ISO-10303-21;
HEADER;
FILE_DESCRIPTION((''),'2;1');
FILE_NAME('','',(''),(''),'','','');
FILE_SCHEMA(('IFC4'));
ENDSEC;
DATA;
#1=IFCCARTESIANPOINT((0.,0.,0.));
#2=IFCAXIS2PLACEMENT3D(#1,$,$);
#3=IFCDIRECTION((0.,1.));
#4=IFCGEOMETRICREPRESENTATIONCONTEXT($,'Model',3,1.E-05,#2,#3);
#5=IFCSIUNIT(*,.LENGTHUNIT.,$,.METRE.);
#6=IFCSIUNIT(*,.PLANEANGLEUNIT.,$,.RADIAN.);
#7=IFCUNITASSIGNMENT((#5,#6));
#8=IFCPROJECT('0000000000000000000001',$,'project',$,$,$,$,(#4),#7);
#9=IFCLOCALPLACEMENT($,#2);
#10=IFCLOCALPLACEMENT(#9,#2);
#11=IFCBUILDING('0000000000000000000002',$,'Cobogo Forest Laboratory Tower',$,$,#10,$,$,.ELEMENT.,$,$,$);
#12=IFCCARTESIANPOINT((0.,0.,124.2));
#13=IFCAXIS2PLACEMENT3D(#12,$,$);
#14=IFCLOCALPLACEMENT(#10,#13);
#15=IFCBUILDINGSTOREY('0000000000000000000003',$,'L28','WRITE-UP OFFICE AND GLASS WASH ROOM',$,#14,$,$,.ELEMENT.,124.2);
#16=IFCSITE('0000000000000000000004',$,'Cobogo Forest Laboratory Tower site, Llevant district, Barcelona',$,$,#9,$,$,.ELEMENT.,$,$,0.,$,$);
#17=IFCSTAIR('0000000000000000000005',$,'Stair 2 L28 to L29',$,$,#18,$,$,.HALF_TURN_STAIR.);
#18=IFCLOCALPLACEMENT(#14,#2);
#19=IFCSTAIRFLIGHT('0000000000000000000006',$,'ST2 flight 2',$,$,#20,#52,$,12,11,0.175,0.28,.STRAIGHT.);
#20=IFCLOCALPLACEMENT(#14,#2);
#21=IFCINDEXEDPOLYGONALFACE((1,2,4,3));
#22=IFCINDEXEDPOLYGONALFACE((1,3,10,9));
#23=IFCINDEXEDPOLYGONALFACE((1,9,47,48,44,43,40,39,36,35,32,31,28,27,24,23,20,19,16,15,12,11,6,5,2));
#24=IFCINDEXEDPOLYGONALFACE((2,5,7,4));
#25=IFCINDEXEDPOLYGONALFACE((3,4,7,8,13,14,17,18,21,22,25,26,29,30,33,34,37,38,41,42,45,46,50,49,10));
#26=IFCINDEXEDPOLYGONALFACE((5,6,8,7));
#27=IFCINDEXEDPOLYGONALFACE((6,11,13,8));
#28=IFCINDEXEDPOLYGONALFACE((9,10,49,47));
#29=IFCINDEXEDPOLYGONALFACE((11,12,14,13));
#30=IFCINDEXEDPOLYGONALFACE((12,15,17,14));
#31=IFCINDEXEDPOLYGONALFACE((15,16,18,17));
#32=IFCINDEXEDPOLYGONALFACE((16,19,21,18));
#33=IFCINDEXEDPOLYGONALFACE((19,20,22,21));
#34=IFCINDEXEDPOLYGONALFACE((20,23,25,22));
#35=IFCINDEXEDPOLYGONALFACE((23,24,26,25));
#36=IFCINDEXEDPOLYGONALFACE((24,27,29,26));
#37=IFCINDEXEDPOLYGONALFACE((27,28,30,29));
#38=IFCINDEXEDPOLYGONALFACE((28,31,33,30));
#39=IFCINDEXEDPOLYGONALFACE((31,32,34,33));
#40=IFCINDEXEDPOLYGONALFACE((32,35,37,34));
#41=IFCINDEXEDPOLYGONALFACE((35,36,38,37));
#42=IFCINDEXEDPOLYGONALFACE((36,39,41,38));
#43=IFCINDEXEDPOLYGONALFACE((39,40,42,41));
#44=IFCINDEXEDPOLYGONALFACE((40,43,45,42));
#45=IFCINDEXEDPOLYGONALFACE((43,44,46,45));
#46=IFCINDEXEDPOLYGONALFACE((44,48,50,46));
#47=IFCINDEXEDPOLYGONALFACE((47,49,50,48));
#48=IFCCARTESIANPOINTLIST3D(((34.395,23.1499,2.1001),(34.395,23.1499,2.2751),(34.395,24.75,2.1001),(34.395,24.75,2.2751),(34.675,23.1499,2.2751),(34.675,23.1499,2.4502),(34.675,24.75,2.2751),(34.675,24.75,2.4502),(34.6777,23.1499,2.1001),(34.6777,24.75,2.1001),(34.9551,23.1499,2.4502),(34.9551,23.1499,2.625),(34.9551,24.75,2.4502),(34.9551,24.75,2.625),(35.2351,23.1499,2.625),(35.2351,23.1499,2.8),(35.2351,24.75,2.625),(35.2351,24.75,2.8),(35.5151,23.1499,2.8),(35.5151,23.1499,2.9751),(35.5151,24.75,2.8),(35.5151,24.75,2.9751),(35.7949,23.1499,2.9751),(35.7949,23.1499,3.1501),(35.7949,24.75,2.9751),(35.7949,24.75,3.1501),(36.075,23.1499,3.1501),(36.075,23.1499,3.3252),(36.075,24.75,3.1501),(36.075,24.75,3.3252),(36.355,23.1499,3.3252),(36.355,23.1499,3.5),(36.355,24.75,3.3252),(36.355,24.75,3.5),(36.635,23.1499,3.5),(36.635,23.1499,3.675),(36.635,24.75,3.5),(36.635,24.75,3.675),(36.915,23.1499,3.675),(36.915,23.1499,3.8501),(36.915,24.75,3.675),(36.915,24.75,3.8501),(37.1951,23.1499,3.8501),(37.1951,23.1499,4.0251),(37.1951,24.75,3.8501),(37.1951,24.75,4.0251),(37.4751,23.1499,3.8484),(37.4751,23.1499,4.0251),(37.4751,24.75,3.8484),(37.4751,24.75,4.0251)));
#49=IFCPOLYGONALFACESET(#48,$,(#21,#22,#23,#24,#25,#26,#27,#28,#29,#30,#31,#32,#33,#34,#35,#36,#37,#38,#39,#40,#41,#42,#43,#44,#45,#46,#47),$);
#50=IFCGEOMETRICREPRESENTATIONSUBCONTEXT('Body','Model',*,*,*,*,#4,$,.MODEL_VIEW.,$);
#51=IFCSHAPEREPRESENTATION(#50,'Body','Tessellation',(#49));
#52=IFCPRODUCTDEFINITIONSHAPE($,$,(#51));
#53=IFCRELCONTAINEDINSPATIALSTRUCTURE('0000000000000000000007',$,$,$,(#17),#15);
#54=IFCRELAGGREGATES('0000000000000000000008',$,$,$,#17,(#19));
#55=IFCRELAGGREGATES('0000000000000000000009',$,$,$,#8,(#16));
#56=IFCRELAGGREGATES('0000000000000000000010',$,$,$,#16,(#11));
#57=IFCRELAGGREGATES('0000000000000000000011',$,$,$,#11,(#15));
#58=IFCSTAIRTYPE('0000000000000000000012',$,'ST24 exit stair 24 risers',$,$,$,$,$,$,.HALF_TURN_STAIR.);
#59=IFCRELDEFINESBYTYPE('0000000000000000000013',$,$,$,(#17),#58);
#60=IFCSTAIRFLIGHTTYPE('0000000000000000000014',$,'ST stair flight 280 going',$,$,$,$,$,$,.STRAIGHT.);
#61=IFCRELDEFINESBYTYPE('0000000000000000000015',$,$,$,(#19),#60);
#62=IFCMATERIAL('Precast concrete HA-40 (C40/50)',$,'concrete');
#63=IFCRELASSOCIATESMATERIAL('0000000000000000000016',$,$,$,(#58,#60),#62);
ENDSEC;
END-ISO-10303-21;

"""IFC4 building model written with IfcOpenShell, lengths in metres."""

from ifc_helpers import new_model, si_unit, direction, frame, origin, place, context, subcontext, project, spatial, polyline, outline, extrude, material, type_object, element, aggregate, save


model = new_model("IFC4")

# Units and contexts
model_context = context("Model", 3, precision=1e-05, world=origin(), true_north=direction((0.0, 1.0)))
body_context = subcontext(model_context, "Body", "Model", "MODEL_VIEW")
ifc_project = project(units=[si_unit("LENGTHUNIT", "METRE"), si_unit("PLANEANGLEUNIT", "RADIAN")], contexts=[model_context])

# Site, building, storey
site_placement = place(None, origin())
site = spatial("IfcSite", under=ifc_project, at=site_placement, Name="Cobogo Forest Laboratory Tower site, Llevant district, Barcelona", CompositionType="ELEMENT", RefElevation=0.0)
building_placement = place(site_placement, origin())
building = spatial("IfcBuilding", under=site, at=building_placement, Name="Cobogo Forest Laboratory Tower", CompositionType="ELEMENT")
storey_placement = place(building_placement, frame((0.0, 0.0, 124.2)))
storey = spatial("IfcBuildingStorey", under=building, at=storey_placement, Name="L28", Description="WRITE-UP OFFICE AND GLASS WASH ROOM", CompositionType="ELEMENT", Elevation=124.2)

# Stair, stair flight
ifc_material_1 = material(Name="Precast concrete HA-40 (C40/50)", Category="concrete")
stair_type = type_object("IfcStairType", Name="ST24 exit stair 24 risers", PredefinedType="HALF_TURN_STAIR", material=ifc_material_1)
stair_placement = place(storey_placement, origin())
stair = element("IfcStair", 1, at=stair_placement, inside=storey, type_object=stair_type, Name="Stair 2 L28 to L29", PredefinedType="HALF_TURN_STAIR")
stair_flight_type = type_object("IfcStairFlightType", Name="ST stair flight 280 going", PredefinedType="STRAIGHT", material=ifc_material_1)
stair_flight_1_placement = place(storey_placement, frame((34.395, 23.95, 2.1001), z_axis=(0.0, 0.0, 1.0), x_axis=(1.0, 0.0, 0.0)))
stair_flight_1 = element("IfcStairFlight", 2, at=stair_flight_1_placement, type_object=stair_flight_type, Name="ST2 flight 2", NumberOfRisers=12, NumberOfTreads=11, PredefinedType="STRAIGHT", RiserHeight=0.175, TreadLength=0.28, context=body_context, shape_type="SweptSolid", body=[
    extrude(outline(polyline([(0.0, 0.0), (0.0, 0.175), (0.28, 0.175), (0.28, 0.3501), (0.5601, 0.3501), (0.5601, 0.5249), (0.8401, 0.5249), (0.8401, 0.7), (1.1201, 0.7), (1.1201, 0.875), (1.3999, 0.875), (1.3999, 1.05), (1.6799, 1.05), (1.6799, 1.2251), (1.96, 1.2251), (1.96, 1.3999), (2.24, 1.3999), (2.24, 1.575), (2.52, 1.575), (2.52, 1.75), (2.8, 1.75), (2.8, 1.925), (3.0801, 1.925), (3.0801, 2.1001), (3.0801, 1.7483), (0.2827, 0.0), (0.0, 0.0)])), frame((0.0, 0.8, 0.0), z_axis=(0.0, -1.0, 0.0), x_axis=(1.0, 0.0, 0.0)), (0.0, 0.0, 1.0), 1.6001),
])
aggregate(stair, [stair_flight_1])

save(model, "model.ifc")
